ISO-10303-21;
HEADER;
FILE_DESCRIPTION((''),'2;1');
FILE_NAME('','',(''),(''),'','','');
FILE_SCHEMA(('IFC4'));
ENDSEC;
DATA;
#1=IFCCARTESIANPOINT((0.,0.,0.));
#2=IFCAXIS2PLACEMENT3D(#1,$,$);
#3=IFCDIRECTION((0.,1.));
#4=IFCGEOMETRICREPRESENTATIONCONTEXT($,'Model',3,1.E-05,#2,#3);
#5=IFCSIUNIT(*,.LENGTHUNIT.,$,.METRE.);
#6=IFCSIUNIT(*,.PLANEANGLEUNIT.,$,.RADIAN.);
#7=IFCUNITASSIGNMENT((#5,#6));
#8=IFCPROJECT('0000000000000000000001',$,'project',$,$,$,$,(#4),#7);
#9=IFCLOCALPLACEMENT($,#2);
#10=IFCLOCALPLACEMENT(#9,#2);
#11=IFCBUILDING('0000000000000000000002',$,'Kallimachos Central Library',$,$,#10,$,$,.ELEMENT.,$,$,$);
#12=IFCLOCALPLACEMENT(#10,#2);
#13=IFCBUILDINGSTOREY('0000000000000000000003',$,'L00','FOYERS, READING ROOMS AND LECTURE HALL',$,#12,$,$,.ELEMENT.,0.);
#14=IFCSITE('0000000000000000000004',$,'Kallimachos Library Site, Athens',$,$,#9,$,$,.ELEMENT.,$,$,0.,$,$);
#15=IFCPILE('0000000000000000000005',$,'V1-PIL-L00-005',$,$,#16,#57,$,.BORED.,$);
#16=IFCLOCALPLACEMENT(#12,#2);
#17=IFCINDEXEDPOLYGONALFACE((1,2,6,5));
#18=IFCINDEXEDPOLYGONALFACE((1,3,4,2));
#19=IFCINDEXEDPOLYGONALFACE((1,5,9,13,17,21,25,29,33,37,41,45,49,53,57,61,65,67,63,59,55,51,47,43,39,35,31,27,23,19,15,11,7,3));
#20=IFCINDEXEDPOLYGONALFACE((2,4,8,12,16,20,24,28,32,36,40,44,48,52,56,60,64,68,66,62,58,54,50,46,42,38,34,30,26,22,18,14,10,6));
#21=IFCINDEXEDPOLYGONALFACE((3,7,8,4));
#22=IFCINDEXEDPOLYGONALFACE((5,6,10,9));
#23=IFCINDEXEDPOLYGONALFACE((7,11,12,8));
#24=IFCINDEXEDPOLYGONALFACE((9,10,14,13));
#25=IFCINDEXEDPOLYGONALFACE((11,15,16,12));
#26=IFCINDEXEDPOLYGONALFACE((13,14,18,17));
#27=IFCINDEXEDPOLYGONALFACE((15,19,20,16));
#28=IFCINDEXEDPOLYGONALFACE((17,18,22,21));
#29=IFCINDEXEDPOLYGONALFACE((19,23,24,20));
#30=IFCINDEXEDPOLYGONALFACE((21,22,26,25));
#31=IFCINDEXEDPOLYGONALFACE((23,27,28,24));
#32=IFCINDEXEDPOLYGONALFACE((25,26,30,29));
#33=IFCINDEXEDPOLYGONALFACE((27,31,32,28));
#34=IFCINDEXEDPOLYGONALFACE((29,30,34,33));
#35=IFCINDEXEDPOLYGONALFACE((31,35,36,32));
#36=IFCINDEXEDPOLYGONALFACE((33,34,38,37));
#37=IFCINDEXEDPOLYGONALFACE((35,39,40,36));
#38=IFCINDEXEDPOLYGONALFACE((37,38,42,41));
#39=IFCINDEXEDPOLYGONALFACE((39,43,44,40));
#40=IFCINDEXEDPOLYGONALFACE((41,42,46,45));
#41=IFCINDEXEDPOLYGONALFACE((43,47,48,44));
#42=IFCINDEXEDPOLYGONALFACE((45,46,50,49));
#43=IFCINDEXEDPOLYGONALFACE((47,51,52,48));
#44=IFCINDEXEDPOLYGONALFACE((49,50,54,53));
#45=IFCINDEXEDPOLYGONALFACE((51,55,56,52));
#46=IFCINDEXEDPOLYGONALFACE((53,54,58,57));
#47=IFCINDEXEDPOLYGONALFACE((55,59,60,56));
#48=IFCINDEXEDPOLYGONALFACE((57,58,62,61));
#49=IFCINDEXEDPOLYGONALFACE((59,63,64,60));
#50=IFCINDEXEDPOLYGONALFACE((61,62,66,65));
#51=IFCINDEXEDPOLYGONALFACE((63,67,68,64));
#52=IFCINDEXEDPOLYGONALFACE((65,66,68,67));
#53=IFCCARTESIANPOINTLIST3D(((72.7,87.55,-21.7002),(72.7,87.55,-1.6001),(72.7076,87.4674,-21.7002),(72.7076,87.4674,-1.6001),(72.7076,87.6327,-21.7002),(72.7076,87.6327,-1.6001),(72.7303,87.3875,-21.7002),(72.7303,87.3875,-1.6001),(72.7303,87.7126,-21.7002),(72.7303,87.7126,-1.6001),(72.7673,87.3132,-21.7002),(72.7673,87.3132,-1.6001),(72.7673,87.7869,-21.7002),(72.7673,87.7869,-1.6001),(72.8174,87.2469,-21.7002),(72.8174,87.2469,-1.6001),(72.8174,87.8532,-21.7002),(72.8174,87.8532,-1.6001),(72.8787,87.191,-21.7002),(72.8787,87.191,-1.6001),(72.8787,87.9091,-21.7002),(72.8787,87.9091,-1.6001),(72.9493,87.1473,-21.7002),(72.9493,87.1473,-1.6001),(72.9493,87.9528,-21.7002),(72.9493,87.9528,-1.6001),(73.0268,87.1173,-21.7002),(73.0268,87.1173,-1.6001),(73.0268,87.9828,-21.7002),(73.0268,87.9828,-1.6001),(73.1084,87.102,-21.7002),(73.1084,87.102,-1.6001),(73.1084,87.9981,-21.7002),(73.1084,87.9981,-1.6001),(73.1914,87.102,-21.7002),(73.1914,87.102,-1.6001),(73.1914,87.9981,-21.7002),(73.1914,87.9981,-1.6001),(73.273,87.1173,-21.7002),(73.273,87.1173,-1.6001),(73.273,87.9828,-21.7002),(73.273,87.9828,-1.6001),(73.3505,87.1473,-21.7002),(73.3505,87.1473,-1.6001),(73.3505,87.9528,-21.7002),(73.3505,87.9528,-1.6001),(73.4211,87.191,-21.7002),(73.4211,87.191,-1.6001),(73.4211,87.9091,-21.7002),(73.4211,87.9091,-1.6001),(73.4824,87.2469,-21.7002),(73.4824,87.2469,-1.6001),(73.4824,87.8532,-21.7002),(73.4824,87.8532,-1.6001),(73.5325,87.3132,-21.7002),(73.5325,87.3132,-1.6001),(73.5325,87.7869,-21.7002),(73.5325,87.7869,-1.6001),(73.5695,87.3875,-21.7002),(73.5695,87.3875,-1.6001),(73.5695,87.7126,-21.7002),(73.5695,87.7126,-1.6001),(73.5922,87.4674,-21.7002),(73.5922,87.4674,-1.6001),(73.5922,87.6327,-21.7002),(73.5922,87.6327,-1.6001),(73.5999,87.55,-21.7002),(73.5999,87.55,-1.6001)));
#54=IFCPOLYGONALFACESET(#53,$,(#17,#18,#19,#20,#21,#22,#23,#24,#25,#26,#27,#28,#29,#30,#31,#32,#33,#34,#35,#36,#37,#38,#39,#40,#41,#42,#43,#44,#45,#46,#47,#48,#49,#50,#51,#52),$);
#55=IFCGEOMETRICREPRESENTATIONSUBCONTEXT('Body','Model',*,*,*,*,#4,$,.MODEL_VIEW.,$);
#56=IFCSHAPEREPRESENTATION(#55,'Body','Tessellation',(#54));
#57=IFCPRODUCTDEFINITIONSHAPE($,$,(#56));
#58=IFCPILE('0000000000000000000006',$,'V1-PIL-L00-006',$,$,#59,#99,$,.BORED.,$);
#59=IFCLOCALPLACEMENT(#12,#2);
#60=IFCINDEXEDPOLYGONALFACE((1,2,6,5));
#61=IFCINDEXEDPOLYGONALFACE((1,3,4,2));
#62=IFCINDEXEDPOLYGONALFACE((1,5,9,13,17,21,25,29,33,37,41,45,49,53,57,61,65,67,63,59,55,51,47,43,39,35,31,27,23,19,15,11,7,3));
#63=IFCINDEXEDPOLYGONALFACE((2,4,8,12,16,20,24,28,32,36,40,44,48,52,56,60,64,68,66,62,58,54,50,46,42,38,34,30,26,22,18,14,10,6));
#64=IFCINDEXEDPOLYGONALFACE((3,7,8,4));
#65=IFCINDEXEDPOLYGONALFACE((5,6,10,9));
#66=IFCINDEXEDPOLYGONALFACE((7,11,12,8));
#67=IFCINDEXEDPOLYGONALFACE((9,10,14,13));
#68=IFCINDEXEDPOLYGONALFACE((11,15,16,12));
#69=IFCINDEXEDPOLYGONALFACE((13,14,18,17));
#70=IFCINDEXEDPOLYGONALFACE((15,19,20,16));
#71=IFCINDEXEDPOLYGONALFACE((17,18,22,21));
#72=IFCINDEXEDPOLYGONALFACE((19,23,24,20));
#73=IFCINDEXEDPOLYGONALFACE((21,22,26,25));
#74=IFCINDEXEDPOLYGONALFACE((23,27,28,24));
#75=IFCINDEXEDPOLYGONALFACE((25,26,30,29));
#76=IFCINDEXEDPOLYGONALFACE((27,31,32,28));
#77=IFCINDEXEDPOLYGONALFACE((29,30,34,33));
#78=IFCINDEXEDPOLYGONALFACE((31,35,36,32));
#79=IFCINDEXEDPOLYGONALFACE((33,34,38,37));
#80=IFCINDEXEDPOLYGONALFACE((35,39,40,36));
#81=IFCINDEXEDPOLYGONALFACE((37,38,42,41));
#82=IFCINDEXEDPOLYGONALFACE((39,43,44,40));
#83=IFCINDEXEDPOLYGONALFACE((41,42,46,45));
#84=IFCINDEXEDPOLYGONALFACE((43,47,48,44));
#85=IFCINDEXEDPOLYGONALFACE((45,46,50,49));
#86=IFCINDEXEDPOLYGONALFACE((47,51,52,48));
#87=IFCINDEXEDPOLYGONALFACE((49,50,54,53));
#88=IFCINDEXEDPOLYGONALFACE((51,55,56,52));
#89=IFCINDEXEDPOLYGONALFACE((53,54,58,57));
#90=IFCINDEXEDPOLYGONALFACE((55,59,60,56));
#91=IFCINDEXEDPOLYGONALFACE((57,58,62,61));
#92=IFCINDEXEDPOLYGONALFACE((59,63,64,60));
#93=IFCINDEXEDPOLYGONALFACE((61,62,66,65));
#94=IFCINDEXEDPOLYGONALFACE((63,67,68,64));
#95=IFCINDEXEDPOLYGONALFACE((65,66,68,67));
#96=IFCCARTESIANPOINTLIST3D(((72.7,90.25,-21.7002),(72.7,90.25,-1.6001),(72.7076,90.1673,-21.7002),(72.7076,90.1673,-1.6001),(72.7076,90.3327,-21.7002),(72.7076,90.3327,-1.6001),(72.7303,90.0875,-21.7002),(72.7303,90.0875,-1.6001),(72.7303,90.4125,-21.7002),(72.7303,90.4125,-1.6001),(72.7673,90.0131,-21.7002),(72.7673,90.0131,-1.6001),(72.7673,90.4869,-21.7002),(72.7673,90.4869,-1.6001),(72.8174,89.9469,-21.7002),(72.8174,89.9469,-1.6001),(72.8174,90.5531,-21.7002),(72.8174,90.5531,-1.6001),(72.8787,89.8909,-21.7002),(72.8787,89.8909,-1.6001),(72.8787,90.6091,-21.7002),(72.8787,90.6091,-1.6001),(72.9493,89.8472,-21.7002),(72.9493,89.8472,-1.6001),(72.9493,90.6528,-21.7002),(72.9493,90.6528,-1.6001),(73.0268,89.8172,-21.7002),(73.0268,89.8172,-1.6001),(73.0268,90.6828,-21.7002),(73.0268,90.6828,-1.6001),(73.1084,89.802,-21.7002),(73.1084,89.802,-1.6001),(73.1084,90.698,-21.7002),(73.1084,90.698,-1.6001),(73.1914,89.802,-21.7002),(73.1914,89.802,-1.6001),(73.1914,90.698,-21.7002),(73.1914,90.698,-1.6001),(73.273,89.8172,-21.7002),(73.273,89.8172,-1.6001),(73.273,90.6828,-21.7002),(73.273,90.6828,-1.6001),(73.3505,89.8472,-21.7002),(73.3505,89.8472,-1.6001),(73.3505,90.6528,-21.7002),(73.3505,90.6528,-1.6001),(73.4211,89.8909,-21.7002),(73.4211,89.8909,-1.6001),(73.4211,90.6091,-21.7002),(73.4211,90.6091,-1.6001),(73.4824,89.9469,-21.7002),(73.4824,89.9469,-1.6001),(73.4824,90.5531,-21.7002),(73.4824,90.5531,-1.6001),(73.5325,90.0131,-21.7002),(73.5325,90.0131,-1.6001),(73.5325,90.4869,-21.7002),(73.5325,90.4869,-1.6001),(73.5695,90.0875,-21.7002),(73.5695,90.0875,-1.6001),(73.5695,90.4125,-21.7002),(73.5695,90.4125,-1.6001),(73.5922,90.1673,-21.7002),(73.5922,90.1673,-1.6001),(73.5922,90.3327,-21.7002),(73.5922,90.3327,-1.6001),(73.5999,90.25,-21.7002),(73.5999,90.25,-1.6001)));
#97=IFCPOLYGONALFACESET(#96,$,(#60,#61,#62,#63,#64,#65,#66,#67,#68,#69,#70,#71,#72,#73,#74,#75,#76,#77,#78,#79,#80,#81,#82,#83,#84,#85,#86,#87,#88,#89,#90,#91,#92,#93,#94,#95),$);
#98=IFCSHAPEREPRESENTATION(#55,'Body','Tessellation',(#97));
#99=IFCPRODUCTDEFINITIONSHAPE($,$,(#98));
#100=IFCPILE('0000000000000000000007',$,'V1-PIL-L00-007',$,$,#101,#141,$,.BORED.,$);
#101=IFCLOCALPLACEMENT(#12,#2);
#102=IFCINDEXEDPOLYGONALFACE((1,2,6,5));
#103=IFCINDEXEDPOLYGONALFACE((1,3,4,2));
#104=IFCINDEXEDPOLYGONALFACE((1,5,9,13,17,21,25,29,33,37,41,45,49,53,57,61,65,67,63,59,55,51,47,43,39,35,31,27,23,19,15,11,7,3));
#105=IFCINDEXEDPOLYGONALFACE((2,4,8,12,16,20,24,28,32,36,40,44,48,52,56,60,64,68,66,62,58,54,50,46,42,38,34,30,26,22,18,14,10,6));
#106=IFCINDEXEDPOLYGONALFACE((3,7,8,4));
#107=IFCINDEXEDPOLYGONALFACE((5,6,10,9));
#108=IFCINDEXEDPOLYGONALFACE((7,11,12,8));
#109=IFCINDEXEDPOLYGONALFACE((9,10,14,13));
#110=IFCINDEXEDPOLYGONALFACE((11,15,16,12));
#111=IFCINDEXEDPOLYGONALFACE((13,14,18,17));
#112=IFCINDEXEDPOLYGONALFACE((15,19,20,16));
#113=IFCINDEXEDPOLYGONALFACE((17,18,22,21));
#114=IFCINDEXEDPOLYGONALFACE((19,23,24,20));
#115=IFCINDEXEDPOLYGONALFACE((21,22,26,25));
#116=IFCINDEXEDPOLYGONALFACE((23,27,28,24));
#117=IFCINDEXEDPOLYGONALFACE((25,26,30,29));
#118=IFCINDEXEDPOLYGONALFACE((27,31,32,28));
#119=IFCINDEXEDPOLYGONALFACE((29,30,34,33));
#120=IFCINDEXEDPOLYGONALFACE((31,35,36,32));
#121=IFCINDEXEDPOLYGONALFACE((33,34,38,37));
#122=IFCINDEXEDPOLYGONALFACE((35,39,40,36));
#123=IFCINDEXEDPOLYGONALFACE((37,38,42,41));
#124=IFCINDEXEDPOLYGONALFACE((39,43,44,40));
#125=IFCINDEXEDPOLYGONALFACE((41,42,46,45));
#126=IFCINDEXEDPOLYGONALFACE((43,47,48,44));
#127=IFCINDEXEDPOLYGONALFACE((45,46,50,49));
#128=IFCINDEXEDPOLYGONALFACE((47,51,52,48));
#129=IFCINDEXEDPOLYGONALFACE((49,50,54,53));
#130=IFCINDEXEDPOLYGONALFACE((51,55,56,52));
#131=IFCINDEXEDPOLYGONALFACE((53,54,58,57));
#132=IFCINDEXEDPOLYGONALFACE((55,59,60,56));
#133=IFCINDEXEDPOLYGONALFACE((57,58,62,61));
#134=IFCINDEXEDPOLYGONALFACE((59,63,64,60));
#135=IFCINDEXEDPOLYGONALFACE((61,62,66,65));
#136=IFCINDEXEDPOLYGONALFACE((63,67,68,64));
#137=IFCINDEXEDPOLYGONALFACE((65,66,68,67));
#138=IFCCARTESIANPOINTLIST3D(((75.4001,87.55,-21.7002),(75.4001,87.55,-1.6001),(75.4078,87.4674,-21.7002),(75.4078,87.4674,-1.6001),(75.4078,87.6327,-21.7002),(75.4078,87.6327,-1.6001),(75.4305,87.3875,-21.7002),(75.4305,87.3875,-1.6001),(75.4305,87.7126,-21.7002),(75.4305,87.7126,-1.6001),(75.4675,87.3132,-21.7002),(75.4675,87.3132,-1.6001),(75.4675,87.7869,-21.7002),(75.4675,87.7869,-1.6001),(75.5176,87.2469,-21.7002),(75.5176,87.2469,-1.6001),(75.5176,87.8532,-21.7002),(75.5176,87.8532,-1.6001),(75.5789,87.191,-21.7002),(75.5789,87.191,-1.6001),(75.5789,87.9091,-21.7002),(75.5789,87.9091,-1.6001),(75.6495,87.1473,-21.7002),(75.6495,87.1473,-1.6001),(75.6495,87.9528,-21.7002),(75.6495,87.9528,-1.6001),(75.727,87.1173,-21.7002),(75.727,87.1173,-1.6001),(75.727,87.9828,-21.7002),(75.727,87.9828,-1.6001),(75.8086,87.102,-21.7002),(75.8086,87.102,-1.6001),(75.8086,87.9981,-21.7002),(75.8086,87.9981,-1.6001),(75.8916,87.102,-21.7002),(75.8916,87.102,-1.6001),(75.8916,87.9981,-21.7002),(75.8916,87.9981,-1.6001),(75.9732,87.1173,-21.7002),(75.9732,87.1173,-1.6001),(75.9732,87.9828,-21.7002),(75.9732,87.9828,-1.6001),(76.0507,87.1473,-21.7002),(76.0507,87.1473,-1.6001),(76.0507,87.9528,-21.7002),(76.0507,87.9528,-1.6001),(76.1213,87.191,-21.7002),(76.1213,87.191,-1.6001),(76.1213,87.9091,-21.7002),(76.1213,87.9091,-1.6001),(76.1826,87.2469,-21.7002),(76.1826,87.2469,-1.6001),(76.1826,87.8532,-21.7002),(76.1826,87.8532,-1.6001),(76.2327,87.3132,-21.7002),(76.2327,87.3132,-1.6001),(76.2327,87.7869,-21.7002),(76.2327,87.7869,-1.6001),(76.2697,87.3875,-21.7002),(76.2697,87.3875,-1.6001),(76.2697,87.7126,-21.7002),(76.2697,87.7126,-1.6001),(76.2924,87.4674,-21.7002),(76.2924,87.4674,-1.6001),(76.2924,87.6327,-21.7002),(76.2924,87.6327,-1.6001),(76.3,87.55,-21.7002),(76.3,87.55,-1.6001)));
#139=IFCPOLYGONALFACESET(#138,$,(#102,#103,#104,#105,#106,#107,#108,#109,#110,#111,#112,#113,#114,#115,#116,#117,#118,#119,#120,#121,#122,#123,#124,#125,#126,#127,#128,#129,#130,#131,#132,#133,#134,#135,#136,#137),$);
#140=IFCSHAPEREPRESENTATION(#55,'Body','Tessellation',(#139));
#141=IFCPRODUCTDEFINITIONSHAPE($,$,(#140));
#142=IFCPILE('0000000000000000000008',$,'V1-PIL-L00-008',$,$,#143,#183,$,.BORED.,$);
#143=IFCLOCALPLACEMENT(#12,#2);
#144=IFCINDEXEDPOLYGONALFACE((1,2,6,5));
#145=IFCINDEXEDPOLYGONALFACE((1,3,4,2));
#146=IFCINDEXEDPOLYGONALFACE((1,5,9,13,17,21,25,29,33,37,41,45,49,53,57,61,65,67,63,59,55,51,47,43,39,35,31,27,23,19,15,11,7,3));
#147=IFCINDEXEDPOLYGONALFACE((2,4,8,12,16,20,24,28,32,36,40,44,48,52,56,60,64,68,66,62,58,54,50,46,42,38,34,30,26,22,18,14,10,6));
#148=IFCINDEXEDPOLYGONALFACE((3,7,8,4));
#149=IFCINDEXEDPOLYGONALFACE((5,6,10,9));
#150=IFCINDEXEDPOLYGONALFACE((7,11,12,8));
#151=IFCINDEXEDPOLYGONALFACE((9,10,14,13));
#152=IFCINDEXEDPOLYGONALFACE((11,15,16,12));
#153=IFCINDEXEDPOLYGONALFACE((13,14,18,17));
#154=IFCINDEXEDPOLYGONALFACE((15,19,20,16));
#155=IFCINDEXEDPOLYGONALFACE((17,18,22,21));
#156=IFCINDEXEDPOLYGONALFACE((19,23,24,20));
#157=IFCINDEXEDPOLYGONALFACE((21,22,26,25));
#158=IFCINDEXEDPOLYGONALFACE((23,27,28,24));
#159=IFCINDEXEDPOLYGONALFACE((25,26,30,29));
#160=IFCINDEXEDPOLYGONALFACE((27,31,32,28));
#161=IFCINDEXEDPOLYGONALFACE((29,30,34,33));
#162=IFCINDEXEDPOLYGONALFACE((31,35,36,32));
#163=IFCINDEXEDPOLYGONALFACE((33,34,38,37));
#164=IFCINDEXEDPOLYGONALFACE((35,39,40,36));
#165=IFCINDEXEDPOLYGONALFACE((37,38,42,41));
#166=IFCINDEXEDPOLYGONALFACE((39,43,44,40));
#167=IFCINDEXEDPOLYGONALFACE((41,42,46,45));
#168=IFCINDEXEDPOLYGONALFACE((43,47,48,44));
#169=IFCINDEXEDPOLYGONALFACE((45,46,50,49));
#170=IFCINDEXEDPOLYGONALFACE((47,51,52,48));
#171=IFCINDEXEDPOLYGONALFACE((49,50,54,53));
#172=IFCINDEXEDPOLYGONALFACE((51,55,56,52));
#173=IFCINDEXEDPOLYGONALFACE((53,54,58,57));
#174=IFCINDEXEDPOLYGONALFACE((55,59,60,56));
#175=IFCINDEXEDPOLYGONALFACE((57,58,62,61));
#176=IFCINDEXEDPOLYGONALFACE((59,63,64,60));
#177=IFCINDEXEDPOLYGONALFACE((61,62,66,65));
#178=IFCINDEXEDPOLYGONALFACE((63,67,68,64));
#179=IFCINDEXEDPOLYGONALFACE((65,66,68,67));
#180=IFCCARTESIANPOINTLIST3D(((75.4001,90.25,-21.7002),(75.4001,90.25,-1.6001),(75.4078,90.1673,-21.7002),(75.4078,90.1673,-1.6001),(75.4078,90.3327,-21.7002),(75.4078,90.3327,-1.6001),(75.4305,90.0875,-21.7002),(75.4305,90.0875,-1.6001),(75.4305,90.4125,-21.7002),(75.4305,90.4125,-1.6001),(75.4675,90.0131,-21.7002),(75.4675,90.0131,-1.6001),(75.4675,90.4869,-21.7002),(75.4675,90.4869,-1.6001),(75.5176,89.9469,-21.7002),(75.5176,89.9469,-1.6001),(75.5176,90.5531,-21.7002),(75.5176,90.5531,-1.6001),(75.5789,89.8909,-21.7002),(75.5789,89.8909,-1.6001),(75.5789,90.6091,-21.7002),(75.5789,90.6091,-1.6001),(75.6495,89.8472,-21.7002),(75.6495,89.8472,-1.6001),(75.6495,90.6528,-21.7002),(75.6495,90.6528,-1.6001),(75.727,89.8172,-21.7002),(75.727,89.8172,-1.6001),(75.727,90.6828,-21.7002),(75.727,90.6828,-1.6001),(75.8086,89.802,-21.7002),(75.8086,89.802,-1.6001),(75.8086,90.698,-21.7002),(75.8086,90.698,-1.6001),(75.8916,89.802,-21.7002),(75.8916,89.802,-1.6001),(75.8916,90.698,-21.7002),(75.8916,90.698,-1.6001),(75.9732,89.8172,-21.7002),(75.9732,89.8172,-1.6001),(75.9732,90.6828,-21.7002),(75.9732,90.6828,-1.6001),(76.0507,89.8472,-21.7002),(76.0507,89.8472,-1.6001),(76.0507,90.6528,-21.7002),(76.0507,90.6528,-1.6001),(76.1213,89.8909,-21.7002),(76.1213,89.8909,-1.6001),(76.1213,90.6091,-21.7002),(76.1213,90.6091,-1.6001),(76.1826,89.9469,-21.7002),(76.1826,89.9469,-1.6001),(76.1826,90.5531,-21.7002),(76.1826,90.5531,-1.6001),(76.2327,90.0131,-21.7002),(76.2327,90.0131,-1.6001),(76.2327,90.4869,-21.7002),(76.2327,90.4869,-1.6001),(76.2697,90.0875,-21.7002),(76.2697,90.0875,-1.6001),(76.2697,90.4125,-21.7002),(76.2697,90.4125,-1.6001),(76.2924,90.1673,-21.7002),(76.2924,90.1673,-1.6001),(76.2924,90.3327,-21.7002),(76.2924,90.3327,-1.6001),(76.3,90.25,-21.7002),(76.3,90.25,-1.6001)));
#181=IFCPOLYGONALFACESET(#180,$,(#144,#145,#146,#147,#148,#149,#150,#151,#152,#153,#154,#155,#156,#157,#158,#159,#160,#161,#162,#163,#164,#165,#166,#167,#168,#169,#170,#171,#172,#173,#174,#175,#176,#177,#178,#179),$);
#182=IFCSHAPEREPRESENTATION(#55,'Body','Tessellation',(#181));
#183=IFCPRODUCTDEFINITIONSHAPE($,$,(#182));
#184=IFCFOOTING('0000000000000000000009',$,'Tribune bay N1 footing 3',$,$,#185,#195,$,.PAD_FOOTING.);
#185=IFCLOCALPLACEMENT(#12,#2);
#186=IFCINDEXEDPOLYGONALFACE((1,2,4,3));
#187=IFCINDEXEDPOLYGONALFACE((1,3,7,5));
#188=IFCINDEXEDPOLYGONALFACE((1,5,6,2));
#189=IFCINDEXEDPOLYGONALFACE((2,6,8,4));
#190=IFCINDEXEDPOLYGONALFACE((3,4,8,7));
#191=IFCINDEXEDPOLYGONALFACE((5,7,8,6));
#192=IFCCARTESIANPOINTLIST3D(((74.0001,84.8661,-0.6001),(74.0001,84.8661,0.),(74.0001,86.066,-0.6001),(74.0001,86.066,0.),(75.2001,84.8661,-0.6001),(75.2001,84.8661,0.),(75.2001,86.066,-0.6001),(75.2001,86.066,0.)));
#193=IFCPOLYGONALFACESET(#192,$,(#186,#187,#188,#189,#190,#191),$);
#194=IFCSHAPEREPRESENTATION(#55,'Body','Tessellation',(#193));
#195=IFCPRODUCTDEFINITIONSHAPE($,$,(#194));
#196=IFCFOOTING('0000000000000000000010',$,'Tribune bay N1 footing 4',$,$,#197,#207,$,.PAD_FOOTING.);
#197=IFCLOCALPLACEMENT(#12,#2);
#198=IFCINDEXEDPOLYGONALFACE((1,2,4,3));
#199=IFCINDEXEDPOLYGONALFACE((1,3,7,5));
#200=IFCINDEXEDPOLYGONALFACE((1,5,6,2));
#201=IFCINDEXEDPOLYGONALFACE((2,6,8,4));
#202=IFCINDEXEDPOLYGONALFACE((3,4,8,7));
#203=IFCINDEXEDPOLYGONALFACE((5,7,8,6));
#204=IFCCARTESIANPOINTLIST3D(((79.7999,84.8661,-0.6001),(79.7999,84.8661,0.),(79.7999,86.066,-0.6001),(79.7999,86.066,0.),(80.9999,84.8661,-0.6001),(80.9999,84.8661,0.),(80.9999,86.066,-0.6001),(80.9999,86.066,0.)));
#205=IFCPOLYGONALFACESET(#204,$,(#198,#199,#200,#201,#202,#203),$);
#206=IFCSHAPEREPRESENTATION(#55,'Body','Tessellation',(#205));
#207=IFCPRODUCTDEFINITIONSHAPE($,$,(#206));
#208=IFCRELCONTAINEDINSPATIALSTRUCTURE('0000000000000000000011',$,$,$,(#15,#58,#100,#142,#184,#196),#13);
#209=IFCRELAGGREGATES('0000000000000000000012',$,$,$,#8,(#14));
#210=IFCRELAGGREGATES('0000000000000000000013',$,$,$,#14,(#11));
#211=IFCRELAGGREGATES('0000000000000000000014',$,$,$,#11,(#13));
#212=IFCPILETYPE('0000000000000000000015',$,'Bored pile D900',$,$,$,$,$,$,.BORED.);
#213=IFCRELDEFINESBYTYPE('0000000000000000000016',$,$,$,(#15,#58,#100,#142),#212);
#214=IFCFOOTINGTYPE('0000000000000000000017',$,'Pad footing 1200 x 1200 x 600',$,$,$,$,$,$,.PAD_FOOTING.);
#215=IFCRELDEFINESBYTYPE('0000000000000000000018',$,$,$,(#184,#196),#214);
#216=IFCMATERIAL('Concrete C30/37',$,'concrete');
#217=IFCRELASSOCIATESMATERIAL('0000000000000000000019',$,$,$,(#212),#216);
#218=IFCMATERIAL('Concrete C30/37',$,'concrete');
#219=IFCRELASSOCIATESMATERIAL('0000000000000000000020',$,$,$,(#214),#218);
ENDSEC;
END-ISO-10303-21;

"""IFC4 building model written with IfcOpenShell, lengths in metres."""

from ifc_helpers import new_model, si_unit, direction, frame, origin, origin_2d, place, context, subcontext, project, spatial, rectangle, circle, extrude, material, type_object, element, save


model = new_model("IFC4")

# Units and contexts
model_context = context("Model", 3, precision=1e-05, world=origin(), true_north=direction((0.0, 1.0)))
body_context = subcontext(model_context, "Body", "Model", "MODEL_VIEW")
ifc_project = project(units=[si_unit("LENGTHUNIT", "METRE"), si_unit("PLANEANGLEUNIT", "RADIAN")], contexts=[model_context])

# Site, building, storey
site_placement = place(None, origin())
site = spatial("IfcSite", under=ifc_project, at=site_placement, Name="Kallimachos Library Site, Athens", CompositionType="ELEMENT", RefElevation=0.0)
building_placement = place(site_placement, origin())
building = spatial("IfcBuilding", under=site, at=building_placement, Name="Kallimachos Central Library", CompositionType="ELEMENT")
storey_placement = place(building_placement, origin())
storey = spatial("IfcBuildingStorey", under=building, at=storey_placement, Name="L00", Description="FOYERS, READING ROOMS AND LECTURE HALL", CompositionType="ELEMENT", Elevation=0.0)

# Piles
ifc_material_1 = material(Name="Concrete C30/37", Category="concrete")
pile_type = type_object("IfcPileType", Name="Bored pile D900", PredefinedType="BORED", material=ifc_material_1)
for number, where, z_axis, x_axis, name in (
    (1, (73.1499, 87.55, -1.6001), (0.0, 0.0, -1.0), (1.0, 0.0, 0.0), "V1-PIL-L00-005"),
    (2, (73.1499, 90.25, -1.6001), (0.0, 0.0, -1.0), (1.0, 0.0, 0.0), "V1-PIL-L00-006"),
    (3, (75.8501, 87.55, -1.6001), (0.0, 0.0, -1.0), (1.0, 0.0, 0.0), "V1-PIL-L00-007"),
    (4, (75.8501, 90.25, -1.6001), (0.0, 0.0, -1.0), (1.0, 0.0, 0.0), "V1-PIL-L00-008"),
):
    element("IfcPile", number, at=place(storey_placement, frame(where, z_axis=z_axis, x_axis=x_axis)), inside=storey, type_object=pile_type, Name=name, PredefinedType="BORED", context=body_context, shape_type="SweptSolid", body=[
        extrude(circle(Radius=0.45, at=origin_2d()), origin(), (0.0, 0.0, 1.0), 20.1001),
    ])

# Footings
ifc_material_2 = material(Name="Concrete C30/37", Category="concrete")
footing_type_1 = type_object("IfcFootingType", Name="Pad footing 1200 x 1200 x 600", PredefinedType="PAD_FOOTING", material=ifc_material_2)
for number, where, z_axis, x_axis, name in (
    (5, (74.6001, 85.4661, -0.6001), (0.0, 0.0, 1.0), (1.0, 0.0, 0.0), "Tribune bay N1 footing 3"),
    (6, (80.3999, 85.4661, -0.6001), (0.0, 0.0, 1.0), (1.0, 0.0, 0.0), "Tribune bay N1 footing 4"),
):
    element("IfcFooting", number, at=place(storey_placement, frame(where, z_axis=z_axis, x_axis=x_axis)), inside=storey, type_object=footing_type_1, Name=name, PredefinedType="PAD_FOOTING", context=body_context, shape_type="SweptSolid", body=[
        extrude(rectangle(XDim=1.2, YDim=1.2, at=origin_2d()), origin(), (0.0, 0.0, 1.0), 0.6001),
    ])

save(model, "model.ifc")
